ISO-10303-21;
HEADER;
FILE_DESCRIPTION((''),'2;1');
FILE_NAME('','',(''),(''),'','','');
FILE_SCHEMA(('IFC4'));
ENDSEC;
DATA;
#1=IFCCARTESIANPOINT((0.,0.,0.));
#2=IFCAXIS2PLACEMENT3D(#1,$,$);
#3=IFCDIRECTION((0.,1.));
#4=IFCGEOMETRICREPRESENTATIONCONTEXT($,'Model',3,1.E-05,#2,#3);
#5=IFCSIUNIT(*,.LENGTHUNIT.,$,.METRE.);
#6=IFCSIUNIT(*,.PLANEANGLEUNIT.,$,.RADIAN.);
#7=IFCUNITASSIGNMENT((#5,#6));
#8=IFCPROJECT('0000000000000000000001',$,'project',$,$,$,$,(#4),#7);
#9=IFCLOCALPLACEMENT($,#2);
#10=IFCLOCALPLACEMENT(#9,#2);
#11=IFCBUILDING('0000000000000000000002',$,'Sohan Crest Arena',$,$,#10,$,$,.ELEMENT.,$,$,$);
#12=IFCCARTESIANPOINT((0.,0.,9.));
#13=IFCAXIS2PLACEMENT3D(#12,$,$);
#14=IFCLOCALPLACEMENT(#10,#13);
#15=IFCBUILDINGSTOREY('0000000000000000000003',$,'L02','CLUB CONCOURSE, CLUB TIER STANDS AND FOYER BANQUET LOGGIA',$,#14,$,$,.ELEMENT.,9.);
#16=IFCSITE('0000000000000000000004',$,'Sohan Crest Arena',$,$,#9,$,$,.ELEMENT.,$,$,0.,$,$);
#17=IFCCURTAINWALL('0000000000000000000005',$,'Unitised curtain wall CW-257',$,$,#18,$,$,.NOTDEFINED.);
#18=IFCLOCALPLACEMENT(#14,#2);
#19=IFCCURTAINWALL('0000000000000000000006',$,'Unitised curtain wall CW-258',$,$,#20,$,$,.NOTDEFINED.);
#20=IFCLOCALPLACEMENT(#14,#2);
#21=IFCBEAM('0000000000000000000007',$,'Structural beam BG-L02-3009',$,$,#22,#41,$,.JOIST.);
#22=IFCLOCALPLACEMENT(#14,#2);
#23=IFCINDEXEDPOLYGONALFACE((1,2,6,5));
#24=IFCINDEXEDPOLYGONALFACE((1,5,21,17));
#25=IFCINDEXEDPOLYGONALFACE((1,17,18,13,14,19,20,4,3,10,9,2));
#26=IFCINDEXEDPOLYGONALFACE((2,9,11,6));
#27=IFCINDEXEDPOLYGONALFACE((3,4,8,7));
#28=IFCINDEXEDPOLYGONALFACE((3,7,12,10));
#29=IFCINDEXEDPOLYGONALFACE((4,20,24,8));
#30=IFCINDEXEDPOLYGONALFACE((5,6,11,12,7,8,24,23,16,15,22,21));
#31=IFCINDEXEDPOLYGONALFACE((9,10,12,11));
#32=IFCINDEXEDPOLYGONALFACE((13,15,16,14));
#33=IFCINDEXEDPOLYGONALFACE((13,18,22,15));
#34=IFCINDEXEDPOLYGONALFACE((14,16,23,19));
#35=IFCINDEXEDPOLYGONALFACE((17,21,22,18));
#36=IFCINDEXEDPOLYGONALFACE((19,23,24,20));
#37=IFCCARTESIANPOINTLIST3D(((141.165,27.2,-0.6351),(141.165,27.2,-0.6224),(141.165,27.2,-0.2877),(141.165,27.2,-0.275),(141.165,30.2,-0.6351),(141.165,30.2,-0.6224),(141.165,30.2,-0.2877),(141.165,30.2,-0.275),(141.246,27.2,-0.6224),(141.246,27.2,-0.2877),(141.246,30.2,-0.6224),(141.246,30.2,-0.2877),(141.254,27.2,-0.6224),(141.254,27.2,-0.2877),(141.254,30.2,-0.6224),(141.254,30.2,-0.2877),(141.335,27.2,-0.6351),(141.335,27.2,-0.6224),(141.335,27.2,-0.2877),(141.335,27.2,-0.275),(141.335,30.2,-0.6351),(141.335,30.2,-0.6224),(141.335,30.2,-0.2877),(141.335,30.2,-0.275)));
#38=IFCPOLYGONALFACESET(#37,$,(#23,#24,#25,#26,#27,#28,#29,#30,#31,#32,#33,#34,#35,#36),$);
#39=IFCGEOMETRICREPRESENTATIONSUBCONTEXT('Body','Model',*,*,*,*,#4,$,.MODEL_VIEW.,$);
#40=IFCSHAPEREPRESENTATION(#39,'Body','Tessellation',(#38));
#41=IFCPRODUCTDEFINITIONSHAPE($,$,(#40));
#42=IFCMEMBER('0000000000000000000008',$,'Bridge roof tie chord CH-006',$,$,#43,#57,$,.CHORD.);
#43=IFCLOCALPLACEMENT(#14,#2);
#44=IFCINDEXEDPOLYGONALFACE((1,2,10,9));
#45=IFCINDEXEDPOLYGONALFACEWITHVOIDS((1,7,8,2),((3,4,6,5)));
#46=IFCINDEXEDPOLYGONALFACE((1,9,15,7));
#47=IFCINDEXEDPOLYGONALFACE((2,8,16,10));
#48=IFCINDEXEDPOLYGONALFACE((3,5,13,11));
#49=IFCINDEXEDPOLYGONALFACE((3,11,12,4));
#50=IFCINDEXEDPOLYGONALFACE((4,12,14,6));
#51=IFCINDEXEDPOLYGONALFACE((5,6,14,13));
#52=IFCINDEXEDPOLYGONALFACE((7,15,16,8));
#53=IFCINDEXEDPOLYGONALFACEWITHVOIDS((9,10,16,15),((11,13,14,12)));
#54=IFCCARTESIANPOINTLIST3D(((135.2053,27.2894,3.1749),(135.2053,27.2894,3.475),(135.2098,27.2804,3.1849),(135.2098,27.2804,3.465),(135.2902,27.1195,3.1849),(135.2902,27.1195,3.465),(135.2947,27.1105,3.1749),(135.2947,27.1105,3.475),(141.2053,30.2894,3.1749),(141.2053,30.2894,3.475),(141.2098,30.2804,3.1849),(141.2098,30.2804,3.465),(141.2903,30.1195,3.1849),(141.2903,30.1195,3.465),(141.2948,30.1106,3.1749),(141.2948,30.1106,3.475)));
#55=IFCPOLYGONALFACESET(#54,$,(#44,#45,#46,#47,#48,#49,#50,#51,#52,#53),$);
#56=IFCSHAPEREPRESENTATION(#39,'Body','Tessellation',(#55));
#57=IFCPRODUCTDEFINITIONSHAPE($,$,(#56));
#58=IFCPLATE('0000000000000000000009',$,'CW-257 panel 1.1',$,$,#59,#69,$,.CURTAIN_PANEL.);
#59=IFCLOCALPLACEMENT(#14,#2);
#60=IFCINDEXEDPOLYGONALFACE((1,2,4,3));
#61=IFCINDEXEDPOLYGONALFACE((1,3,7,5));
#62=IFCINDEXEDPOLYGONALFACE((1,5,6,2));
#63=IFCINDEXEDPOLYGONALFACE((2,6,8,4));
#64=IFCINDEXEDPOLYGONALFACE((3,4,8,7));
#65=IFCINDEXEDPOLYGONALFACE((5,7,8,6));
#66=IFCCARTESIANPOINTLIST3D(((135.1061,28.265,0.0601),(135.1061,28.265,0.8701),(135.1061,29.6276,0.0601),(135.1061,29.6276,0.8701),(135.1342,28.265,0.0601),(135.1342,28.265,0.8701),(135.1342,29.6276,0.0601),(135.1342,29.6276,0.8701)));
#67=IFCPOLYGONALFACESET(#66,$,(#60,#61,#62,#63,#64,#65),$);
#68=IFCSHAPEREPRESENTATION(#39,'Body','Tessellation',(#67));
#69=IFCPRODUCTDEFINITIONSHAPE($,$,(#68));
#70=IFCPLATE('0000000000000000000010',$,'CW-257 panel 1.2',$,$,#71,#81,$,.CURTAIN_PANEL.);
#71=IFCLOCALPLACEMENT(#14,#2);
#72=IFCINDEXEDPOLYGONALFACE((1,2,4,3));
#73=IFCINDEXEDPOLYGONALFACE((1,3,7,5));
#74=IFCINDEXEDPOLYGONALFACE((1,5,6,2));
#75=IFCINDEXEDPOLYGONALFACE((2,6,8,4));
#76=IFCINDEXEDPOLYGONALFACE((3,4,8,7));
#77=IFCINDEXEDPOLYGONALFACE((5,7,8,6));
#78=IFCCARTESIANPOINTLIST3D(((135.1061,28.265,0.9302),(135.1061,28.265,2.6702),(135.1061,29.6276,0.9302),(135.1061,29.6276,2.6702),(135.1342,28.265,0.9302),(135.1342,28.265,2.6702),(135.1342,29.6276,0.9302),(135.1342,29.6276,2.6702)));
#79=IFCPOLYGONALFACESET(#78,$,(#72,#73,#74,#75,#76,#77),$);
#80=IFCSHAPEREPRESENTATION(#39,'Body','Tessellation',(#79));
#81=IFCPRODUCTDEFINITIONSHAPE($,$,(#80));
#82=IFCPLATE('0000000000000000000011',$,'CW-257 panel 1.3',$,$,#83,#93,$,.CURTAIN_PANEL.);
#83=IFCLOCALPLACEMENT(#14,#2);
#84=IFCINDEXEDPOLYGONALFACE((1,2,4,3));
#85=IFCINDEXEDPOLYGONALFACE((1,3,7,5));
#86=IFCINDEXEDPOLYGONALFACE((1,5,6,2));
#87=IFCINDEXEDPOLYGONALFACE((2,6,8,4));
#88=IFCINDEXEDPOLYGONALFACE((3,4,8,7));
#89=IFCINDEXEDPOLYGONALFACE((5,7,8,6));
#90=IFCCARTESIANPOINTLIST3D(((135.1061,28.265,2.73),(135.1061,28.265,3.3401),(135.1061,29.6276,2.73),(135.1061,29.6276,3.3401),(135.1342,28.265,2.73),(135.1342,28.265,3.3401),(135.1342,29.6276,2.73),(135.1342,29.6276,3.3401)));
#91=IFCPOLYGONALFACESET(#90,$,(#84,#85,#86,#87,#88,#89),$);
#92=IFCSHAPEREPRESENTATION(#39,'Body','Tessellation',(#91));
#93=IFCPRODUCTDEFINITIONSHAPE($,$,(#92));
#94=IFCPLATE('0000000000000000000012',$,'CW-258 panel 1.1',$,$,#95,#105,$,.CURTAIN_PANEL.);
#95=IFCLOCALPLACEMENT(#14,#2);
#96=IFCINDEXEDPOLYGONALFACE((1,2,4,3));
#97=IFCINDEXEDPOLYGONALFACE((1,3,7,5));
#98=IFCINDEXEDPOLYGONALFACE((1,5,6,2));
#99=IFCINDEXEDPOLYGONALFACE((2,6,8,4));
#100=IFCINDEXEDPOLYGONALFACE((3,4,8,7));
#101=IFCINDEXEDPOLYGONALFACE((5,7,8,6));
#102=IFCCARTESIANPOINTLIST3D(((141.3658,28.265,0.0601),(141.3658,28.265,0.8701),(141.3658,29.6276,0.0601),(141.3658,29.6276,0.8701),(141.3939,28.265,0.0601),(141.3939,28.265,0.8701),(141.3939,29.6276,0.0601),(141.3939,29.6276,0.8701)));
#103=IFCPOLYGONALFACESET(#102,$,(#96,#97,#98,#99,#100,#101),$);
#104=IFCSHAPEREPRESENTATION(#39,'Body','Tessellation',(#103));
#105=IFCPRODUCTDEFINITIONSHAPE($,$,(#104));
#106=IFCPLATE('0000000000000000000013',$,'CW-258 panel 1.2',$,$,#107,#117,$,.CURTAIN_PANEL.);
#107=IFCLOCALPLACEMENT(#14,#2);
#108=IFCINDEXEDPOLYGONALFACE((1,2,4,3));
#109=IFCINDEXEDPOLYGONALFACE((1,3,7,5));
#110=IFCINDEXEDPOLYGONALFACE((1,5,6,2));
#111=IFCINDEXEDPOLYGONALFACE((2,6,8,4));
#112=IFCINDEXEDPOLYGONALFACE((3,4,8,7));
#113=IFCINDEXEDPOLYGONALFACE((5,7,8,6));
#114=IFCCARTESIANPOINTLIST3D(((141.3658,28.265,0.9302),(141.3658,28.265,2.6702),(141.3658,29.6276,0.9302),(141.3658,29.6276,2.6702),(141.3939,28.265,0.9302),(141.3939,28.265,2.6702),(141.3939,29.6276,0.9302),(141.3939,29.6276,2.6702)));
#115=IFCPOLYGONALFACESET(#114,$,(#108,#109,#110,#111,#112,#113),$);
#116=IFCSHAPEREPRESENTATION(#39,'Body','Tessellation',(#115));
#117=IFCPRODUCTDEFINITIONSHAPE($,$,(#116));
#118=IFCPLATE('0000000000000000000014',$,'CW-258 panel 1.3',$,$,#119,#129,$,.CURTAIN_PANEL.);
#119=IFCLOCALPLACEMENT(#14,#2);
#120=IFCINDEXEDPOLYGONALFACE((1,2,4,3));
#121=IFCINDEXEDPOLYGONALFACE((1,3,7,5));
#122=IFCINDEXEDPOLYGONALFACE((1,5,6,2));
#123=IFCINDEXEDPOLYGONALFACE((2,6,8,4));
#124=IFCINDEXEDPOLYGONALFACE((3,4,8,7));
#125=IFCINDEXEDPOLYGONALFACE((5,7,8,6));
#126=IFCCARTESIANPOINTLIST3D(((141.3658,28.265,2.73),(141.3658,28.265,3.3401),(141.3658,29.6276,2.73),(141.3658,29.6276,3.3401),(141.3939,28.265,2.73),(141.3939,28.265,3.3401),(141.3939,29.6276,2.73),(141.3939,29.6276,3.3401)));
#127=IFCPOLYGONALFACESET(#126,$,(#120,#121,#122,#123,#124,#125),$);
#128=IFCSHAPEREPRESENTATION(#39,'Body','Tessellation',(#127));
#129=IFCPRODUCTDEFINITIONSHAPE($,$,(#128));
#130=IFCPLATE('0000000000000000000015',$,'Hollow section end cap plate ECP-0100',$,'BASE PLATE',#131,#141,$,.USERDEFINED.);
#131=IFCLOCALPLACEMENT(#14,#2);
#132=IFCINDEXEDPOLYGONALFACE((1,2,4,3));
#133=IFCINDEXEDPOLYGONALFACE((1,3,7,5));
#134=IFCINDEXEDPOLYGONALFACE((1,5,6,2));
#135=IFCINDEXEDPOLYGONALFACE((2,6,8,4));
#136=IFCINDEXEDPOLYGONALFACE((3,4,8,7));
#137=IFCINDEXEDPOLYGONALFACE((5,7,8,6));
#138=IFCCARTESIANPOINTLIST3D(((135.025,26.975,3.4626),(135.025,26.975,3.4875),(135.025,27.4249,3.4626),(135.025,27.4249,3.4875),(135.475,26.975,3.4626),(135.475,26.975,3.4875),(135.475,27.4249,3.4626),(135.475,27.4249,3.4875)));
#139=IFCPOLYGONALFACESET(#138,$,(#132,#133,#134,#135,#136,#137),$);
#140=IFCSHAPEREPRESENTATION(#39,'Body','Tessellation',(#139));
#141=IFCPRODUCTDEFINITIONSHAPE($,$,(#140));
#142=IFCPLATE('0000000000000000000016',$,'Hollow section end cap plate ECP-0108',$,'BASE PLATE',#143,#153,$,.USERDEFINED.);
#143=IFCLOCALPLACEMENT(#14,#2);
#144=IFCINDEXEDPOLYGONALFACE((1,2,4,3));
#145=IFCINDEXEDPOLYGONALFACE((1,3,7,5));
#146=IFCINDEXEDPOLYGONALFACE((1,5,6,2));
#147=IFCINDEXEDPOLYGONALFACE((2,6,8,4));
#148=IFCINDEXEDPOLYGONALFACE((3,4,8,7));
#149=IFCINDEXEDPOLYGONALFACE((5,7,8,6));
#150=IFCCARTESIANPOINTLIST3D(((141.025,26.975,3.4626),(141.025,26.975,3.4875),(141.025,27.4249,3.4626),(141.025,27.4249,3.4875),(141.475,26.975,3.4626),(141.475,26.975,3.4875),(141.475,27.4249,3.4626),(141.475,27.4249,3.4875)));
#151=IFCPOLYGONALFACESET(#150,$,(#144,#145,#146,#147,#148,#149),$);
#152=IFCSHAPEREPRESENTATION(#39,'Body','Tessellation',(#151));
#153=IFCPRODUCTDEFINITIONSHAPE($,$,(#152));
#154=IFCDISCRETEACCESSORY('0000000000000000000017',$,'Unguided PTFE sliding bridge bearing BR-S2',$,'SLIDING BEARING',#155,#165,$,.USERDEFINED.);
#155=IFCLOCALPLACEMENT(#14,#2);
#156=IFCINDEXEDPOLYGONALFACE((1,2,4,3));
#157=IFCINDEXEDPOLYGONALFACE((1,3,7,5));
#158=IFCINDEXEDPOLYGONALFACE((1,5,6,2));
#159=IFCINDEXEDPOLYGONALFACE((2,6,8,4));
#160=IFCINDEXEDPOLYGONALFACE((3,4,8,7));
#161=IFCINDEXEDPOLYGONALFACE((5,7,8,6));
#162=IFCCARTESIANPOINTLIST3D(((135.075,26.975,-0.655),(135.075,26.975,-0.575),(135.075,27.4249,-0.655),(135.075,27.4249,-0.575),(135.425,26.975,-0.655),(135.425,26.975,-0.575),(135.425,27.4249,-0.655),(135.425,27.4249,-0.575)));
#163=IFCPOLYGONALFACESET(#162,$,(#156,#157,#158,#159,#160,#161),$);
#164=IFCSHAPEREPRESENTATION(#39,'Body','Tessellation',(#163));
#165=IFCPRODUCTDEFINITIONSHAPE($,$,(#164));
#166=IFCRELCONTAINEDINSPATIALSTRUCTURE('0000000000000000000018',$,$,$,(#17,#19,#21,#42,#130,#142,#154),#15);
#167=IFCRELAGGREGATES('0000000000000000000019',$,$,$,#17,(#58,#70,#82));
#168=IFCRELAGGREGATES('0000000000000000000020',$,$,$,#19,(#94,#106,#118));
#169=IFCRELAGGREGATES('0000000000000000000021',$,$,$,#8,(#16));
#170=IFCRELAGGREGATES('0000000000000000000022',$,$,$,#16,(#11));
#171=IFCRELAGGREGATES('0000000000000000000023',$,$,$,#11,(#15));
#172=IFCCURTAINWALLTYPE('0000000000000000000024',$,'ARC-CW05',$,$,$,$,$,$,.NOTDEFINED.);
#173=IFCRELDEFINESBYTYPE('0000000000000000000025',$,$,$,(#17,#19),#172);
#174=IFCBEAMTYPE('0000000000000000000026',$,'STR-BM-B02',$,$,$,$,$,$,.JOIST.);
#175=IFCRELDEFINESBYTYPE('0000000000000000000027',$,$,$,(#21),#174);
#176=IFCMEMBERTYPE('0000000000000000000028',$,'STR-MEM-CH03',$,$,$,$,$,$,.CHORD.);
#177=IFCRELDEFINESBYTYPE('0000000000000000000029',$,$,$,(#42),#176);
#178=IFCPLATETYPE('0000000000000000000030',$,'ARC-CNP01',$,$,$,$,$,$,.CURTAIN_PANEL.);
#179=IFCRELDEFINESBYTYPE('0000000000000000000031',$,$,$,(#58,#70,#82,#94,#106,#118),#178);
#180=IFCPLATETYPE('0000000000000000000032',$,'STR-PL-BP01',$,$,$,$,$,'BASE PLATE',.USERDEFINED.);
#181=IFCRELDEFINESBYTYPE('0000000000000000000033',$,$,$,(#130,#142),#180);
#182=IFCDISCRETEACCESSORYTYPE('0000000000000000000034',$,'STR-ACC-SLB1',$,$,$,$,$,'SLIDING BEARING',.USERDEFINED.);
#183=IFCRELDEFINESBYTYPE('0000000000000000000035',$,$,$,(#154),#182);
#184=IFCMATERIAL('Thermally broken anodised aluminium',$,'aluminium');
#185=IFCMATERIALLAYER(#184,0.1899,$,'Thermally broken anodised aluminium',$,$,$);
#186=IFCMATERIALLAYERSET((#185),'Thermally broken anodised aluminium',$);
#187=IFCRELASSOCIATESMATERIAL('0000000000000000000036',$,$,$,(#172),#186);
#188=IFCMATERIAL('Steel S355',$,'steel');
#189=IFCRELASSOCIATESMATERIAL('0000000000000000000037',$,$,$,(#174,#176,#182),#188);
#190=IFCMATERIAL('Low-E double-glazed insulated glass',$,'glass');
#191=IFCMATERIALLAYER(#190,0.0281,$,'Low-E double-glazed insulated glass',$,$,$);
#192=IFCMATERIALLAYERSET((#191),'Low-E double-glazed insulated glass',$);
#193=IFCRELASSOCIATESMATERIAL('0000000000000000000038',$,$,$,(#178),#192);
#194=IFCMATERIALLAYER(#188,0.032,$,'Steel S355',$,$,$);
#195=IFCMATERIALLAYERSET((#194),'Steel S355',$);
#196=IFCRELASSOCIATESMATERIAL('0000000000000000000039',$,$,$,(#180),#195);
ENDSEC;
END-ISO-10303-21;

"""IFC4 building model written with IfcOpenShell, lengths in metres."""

from ifc_helpers import new_model, si_unit, direction, frame, origin, origin_2d, place, context, subcontext, project, spatial, rectangle, hollow_rectangle, i_section, extrude, material, layer, layer_set, material_profile, profile_set, type_object, element, aggregate, save


model = new_model("IFC4")

# Units and contexts
model_context = context("Model", 3, precision=1e-05, world=origin(), true_north=direction((0.0, 1.0)))
body_context = subcontext(model_context, "Body", "Model", "MODEL_VIEW")
ifc_project = project(units=[si_unit("LENGTHUNIT", "METRE"), si_unit("PLANEANGLEUNIT", "RADIAN")], contexts=[model_context])

# Site, building, storey
site_placement = place(None, origin())
site = spatial("IfcSite", under=ifc_project, at=site_placement, Name="Sohan Crest Arena", CompositionType="ELEMENT", RefElevation=0.0)
building_placement = place(site_placement, origin())
building = spatial("IfcBuilding", under=site, at=building_placement, Name="Sohan Crest Arena", CompositionType="ELEMENT")
storey_placement = place(building_placement, frame((0.0, 0.0, 9.0)))
storey = spatial("IfcBuildingStorey", under=building, at=storey_placement, Name="L02", Description="CLUB CONCOURSE, CLUB TIER STANDS AND FOYER BANQUET LOGGIA", CompositionType="ELEMENT", Elevation=9.0)

# Shared definitions
ifc_material_1 = material(Name="Steel S355", Category="steel")

# Curtain walls
ifc_material_2 = material(Name="Thermally broken anodised aluminium", Category="aluminium")
ifc_layer_1 = layer(ifc_material_2, 0.1899, Name="Thermally broken anodised aluminium")
ifc_layer_set_1 = layer_set([ifc_layer_1], Name="Thermally broken anodised aluminium")
curtain_wall_type = type_object("IfcCurtainWallType", Name="ARC-CW05", PredefinedType="NOTDEFINED", material=ifc_layer_set_1)
curtain_wall_1_placement = place(storey_placement, origin())
curtain_wall_1 = element("IfcCurtainWall", 1, at=curtain_wall_1_placement, inside=storey, type_object=curtain_wall_type, Name="Unitised curtain wall CW-257", PredefinedType="NOTDEFINED")
curtain_wall_2_placement = place(storey_placement, origin())
curtain_wall_2 = element("IfcCurtainWall", 2, at=curtain_wall_2_placement, inside=storey, type_object=curtain_wall_type, Name="Unitised curtain wall CW-258", PredefinedType="NOTDEFINED")

# Beam
ifc_material_profile_1 = material_profile(ifc_material_1, i_section(OverallWidth=0.1699, OverallDepth=0.3601, WebThickness=0.0081, FlangeThickness=0.0127, at=origin_2d()), Name="IPE 360")
ifc_profile_set_1 = profile_set([ifc_material_profile_1], Name="Steel S355")
beam_type_1 = type_object("IfcBeamType", Name="STR-BM-B02", PredefinedType="JOIST", material=ifc_profile_set_1)
beam_1_placement = place(storey_placement, frame((141.25, 27.2, -0.4551), z_axis=(0.0, 1.0, 0.0), x_axis=(-1.0, 0.0, 0.0)))
element("IfcBeam", 3, at=beam_1_placement, inside=storey, type_object=beam_type_1, Name="Structural beam BG-L02-3009", PredefinedType="JOIST", context=body_context, shape_type="SweptSolid", body=[
    extrude(i_section(OverallWidth=0.1699, OverallDepth=0.3601, WebThickness=0.0081, FlangeThickness=0.0127, at=origin_2d()), origin(), (0.0, 0.0, 1.0), 3.0),
])

# Member
ifc_material_profile_2 = material_profile(ifc_material_1, hollow_rectangle(XDim=0.2, YDim=0.3, WallThickness=0.01, at=origin_2d()), Name="RHS 300x200x10")
ifc_profile_set_2 = profile_set([ifc_material_profile_2], Name="Steel S355")
member_type_1 = type_object("IfcMemberType", Name="STR-MEM-CH03", PredefinedType="CHORD", material=ifc_profile_set_2)
member_1_placement = place(storey_placement, frame((135.25, 27.2, 3.325), z_axis=(0.894427, 0.447214, 0.0), x_axis=(-0.447214, 0.894427, 0.0)))
element("IfcMember", 4, at=member_1_placement, inside=storey, type_object=member_type_1, Name="Bridge roof tie chord CH-006", PredefinedType="CHORD", context=body_context, shape_type="SweptSolid", body=[
    extrude(hollow_rectangle(XDim=0.2, YDim=0.3, WallThickness=0.01, at=origin_2d()), origin(), (0.0, 0.0, 1.0), 6.7083),
])

# Plates
ifc_material_3 = material(Name="Low-E double-glazed insulated glass", Category="glass")
ifc_layer_2 = layer(ifc_material_3, 0.0281, Name="Low-E double-glazed insulated glass")
ifc_layer_set_2 = layer_set([ifc_layer_2], Name="Low-E double-glazed insulated glass")
plate_type_1 = type_object("IfcPlateType", Name="ARC-CNP01", PredefinedType="CURTAIN_PANEL", material=ifc_layer_set_2)
plate_1_placement = place(storey_placement, frame((135.1201, 28.9463, 0.0601), z_axis=(0.0, 0.0, 1.0), x_axis=(0.0, 1.0, 0.0)))
plate_1 = element("IfcPlate", 5, at=plate_1_placement, type_object=plate_type_1, Name="CW-257 panel 1.1", PredefinedType="CURTAIN_PANEL", context=body_context, shape_type="SweptSolid", body=[
    extrude(rectangle(XDim=1.3625, YDim=0.0281, at=origin_2d()), origin(), (0.0, 0.0, 1.0), 0.8101),
])
plate_2_placement = place(storey_placement, frame((135.1201, 28.9463, 0.9302), z_axis=(0.0, 0.0, 1.0), x_axis=(0.0, 1.0, 0.0)))
plate_2 = element("IfcPlate", 6, at=plate_2_placement, type_object=plate_type_1, Name="CW-257 panel 1.2", PredefinedType="CURTAIN_PANEL", context=body_context, shape_type="SweptSolid", body=[
    extrude(rectangle(XDim=1.3625, YDim=0.0281, at=origin_2d()), origin(), (0.0, 0.0, 1.0), 1.74),
])
plate_3_placement = place(storey_placement, frame((135.1201, 28.9463, 2.73), z_axis=(0.0, 0.0, 1.0), x_axis=(0.0, 1.0, 0.0)))
plate_3 = element("IfcPlate", 7, at=plate_3_placement, type_object=plate_type_1, Name="CW-257 panel 1.3", PredefinedType="CURTAIN_PANEL", context=body_context, shape_type="SweptSolid", body=[
    extrude(rectangle(XDim=1.3625, YDim=0.0281, at=origin_2d()), origin(), (0.0, 0.0, 1.0), 0.6101),
])
aggregate(curtain_wall_1, [plate_1, plate_2, plate_3])
plate_4_placement = place(storey_placement, frame((141.3799, 28.9463, 0.0601), z_axis=(0.0, 0.0, 1.0), x_axis=(0.0, 1.0, 0.0)))
plate_4 = element("IfcPlate", 8, at=plate_4_placement, type_object=plate_type_1, Name="CW-258 panel 1.1", PredefinedType="CURTAIN_PANEL", context=body_context, shape_type="SweptSolid", body=[
    extrude(rectangle(XDim=1.3625, YDim=0.0281, at=origin_2d()), origin(), (0.0, 0.0, 1.0), 0.8101),
])
plate_5_placement = place(storey_placement, frame((141.3799, 28.9463, 0.9302), z_axis=(0.0, 0.0, 1.0), x_axis=(0.0, 1.0, 0.0)))
plate_5 = element("IfcPlate", 9, at=plate_5_placement, type_object=plate_type_1, Name="CW-258 panel 1.2", PredefinedType="CURTAIN_PANEL", context=body_context, shape_type="SweptSolid", body=[
    extrude(rectangle(XDim=1.3625, YDim=0.0281, at=origin_2d()), origin(), (0.0, 0.0, 1.0), 1.74),
])
plate_6_placement = place(storey_placement, frame((141.3799, 28.9463, 2.73), z_axis=(0.0, 0.0, 1.0), x_axis=(0.0, 1.0, 0.0)))
plate_6 = element("IfcPlate", 10, at=plate_6_placement, type_object=plate_type_1, Name="CW-258 panel 1.3", PredefinedType="CURTAIN_PANEL", context=body_context, shape_type="SweptSolid", body=[
    extrude(rectangle(XDim=1.3625, YDim=0.0281, at=origin_2d()), origin(), (0.0, 0.0, 1.0), 0.6101),
])
aggregate(curtain_wall_2, [plate_4, plate_5, plate_6])

# Plates
ifc_layer_3 = layer(ifc_material_1, 0.032, Name="Steel S355")
ifc_layer_set_3 = layer_set([ifc_layer_3], Name="Steel S355")
plate_type_2 = type_object("IfcPlateType", Name="STR-PL-BP01", ElementType="BASE PLATE", PredefinedType="USERDEFINED", material=ifc_layer_set_3)
for number, where, z_axis, x_axis, name in (
    (11, (135.25, 27.2, 3.4626), (0.0, 0.0, 1.0), (1.0, 0.0, 0.0), "Hollow section end cap plate ECP-0100"),
    (12, (141.25, 27.2, 3.4626), (0.0, 0.0, 1.0), (1.0, 0.0, 0.0), "Hollow section end cap plate ECP-0108"),
):
    element("IfcPlate", number, at=place(storey_placement, frame(where, z_axis=z_axis, x_axis=x_axis)), inside=storey, type_object=plate_type_2, Name=name, ObjectType="BASE PLATE", PredefinedType="USERDEFINED", context=body_context, shape_type="SweptSolid", body=[
        extrude(rectangle(XDim=0.45, YDim=0.45, at=origin_2d()), origin(), (0.0, 0.0, 1.0), 0.0249),
    ])

# Discrete accessory
discrete_accessory_type = type_object("IfcDiscreteAccessoryType", Name="STR-ACC-SLB1", ElementType="SLIDING BEARING", PredefinedType="USERDEFINED", material=ifc_material_1)
discrete_accessory_placement = place(storey_placement, frame((135.25, 27.2, -0.655), z_axis=(0.0, 0.0, 1.0), x_axis=(1.0, 0.0, 0.0)))
element("IfcDiscreteAccessory", 13, at=discrete_accessory_placement, inside=storey, type_object=discrete_accessory_type, Name="Unguided PTFE sliding bridge bearing BR-S2", ObjectType="SLIDING BEARING", PredefinedType="USERDEFINED", context=body_context, shape_type="SweptSolid", body=[
    extrude(rectangle(XDim=0.3501, YDim=0.45, at=origin_2d()), origin(), (0.0, 0.0, 1.0), 0.0801),
])

save(model, "model.ifc")
